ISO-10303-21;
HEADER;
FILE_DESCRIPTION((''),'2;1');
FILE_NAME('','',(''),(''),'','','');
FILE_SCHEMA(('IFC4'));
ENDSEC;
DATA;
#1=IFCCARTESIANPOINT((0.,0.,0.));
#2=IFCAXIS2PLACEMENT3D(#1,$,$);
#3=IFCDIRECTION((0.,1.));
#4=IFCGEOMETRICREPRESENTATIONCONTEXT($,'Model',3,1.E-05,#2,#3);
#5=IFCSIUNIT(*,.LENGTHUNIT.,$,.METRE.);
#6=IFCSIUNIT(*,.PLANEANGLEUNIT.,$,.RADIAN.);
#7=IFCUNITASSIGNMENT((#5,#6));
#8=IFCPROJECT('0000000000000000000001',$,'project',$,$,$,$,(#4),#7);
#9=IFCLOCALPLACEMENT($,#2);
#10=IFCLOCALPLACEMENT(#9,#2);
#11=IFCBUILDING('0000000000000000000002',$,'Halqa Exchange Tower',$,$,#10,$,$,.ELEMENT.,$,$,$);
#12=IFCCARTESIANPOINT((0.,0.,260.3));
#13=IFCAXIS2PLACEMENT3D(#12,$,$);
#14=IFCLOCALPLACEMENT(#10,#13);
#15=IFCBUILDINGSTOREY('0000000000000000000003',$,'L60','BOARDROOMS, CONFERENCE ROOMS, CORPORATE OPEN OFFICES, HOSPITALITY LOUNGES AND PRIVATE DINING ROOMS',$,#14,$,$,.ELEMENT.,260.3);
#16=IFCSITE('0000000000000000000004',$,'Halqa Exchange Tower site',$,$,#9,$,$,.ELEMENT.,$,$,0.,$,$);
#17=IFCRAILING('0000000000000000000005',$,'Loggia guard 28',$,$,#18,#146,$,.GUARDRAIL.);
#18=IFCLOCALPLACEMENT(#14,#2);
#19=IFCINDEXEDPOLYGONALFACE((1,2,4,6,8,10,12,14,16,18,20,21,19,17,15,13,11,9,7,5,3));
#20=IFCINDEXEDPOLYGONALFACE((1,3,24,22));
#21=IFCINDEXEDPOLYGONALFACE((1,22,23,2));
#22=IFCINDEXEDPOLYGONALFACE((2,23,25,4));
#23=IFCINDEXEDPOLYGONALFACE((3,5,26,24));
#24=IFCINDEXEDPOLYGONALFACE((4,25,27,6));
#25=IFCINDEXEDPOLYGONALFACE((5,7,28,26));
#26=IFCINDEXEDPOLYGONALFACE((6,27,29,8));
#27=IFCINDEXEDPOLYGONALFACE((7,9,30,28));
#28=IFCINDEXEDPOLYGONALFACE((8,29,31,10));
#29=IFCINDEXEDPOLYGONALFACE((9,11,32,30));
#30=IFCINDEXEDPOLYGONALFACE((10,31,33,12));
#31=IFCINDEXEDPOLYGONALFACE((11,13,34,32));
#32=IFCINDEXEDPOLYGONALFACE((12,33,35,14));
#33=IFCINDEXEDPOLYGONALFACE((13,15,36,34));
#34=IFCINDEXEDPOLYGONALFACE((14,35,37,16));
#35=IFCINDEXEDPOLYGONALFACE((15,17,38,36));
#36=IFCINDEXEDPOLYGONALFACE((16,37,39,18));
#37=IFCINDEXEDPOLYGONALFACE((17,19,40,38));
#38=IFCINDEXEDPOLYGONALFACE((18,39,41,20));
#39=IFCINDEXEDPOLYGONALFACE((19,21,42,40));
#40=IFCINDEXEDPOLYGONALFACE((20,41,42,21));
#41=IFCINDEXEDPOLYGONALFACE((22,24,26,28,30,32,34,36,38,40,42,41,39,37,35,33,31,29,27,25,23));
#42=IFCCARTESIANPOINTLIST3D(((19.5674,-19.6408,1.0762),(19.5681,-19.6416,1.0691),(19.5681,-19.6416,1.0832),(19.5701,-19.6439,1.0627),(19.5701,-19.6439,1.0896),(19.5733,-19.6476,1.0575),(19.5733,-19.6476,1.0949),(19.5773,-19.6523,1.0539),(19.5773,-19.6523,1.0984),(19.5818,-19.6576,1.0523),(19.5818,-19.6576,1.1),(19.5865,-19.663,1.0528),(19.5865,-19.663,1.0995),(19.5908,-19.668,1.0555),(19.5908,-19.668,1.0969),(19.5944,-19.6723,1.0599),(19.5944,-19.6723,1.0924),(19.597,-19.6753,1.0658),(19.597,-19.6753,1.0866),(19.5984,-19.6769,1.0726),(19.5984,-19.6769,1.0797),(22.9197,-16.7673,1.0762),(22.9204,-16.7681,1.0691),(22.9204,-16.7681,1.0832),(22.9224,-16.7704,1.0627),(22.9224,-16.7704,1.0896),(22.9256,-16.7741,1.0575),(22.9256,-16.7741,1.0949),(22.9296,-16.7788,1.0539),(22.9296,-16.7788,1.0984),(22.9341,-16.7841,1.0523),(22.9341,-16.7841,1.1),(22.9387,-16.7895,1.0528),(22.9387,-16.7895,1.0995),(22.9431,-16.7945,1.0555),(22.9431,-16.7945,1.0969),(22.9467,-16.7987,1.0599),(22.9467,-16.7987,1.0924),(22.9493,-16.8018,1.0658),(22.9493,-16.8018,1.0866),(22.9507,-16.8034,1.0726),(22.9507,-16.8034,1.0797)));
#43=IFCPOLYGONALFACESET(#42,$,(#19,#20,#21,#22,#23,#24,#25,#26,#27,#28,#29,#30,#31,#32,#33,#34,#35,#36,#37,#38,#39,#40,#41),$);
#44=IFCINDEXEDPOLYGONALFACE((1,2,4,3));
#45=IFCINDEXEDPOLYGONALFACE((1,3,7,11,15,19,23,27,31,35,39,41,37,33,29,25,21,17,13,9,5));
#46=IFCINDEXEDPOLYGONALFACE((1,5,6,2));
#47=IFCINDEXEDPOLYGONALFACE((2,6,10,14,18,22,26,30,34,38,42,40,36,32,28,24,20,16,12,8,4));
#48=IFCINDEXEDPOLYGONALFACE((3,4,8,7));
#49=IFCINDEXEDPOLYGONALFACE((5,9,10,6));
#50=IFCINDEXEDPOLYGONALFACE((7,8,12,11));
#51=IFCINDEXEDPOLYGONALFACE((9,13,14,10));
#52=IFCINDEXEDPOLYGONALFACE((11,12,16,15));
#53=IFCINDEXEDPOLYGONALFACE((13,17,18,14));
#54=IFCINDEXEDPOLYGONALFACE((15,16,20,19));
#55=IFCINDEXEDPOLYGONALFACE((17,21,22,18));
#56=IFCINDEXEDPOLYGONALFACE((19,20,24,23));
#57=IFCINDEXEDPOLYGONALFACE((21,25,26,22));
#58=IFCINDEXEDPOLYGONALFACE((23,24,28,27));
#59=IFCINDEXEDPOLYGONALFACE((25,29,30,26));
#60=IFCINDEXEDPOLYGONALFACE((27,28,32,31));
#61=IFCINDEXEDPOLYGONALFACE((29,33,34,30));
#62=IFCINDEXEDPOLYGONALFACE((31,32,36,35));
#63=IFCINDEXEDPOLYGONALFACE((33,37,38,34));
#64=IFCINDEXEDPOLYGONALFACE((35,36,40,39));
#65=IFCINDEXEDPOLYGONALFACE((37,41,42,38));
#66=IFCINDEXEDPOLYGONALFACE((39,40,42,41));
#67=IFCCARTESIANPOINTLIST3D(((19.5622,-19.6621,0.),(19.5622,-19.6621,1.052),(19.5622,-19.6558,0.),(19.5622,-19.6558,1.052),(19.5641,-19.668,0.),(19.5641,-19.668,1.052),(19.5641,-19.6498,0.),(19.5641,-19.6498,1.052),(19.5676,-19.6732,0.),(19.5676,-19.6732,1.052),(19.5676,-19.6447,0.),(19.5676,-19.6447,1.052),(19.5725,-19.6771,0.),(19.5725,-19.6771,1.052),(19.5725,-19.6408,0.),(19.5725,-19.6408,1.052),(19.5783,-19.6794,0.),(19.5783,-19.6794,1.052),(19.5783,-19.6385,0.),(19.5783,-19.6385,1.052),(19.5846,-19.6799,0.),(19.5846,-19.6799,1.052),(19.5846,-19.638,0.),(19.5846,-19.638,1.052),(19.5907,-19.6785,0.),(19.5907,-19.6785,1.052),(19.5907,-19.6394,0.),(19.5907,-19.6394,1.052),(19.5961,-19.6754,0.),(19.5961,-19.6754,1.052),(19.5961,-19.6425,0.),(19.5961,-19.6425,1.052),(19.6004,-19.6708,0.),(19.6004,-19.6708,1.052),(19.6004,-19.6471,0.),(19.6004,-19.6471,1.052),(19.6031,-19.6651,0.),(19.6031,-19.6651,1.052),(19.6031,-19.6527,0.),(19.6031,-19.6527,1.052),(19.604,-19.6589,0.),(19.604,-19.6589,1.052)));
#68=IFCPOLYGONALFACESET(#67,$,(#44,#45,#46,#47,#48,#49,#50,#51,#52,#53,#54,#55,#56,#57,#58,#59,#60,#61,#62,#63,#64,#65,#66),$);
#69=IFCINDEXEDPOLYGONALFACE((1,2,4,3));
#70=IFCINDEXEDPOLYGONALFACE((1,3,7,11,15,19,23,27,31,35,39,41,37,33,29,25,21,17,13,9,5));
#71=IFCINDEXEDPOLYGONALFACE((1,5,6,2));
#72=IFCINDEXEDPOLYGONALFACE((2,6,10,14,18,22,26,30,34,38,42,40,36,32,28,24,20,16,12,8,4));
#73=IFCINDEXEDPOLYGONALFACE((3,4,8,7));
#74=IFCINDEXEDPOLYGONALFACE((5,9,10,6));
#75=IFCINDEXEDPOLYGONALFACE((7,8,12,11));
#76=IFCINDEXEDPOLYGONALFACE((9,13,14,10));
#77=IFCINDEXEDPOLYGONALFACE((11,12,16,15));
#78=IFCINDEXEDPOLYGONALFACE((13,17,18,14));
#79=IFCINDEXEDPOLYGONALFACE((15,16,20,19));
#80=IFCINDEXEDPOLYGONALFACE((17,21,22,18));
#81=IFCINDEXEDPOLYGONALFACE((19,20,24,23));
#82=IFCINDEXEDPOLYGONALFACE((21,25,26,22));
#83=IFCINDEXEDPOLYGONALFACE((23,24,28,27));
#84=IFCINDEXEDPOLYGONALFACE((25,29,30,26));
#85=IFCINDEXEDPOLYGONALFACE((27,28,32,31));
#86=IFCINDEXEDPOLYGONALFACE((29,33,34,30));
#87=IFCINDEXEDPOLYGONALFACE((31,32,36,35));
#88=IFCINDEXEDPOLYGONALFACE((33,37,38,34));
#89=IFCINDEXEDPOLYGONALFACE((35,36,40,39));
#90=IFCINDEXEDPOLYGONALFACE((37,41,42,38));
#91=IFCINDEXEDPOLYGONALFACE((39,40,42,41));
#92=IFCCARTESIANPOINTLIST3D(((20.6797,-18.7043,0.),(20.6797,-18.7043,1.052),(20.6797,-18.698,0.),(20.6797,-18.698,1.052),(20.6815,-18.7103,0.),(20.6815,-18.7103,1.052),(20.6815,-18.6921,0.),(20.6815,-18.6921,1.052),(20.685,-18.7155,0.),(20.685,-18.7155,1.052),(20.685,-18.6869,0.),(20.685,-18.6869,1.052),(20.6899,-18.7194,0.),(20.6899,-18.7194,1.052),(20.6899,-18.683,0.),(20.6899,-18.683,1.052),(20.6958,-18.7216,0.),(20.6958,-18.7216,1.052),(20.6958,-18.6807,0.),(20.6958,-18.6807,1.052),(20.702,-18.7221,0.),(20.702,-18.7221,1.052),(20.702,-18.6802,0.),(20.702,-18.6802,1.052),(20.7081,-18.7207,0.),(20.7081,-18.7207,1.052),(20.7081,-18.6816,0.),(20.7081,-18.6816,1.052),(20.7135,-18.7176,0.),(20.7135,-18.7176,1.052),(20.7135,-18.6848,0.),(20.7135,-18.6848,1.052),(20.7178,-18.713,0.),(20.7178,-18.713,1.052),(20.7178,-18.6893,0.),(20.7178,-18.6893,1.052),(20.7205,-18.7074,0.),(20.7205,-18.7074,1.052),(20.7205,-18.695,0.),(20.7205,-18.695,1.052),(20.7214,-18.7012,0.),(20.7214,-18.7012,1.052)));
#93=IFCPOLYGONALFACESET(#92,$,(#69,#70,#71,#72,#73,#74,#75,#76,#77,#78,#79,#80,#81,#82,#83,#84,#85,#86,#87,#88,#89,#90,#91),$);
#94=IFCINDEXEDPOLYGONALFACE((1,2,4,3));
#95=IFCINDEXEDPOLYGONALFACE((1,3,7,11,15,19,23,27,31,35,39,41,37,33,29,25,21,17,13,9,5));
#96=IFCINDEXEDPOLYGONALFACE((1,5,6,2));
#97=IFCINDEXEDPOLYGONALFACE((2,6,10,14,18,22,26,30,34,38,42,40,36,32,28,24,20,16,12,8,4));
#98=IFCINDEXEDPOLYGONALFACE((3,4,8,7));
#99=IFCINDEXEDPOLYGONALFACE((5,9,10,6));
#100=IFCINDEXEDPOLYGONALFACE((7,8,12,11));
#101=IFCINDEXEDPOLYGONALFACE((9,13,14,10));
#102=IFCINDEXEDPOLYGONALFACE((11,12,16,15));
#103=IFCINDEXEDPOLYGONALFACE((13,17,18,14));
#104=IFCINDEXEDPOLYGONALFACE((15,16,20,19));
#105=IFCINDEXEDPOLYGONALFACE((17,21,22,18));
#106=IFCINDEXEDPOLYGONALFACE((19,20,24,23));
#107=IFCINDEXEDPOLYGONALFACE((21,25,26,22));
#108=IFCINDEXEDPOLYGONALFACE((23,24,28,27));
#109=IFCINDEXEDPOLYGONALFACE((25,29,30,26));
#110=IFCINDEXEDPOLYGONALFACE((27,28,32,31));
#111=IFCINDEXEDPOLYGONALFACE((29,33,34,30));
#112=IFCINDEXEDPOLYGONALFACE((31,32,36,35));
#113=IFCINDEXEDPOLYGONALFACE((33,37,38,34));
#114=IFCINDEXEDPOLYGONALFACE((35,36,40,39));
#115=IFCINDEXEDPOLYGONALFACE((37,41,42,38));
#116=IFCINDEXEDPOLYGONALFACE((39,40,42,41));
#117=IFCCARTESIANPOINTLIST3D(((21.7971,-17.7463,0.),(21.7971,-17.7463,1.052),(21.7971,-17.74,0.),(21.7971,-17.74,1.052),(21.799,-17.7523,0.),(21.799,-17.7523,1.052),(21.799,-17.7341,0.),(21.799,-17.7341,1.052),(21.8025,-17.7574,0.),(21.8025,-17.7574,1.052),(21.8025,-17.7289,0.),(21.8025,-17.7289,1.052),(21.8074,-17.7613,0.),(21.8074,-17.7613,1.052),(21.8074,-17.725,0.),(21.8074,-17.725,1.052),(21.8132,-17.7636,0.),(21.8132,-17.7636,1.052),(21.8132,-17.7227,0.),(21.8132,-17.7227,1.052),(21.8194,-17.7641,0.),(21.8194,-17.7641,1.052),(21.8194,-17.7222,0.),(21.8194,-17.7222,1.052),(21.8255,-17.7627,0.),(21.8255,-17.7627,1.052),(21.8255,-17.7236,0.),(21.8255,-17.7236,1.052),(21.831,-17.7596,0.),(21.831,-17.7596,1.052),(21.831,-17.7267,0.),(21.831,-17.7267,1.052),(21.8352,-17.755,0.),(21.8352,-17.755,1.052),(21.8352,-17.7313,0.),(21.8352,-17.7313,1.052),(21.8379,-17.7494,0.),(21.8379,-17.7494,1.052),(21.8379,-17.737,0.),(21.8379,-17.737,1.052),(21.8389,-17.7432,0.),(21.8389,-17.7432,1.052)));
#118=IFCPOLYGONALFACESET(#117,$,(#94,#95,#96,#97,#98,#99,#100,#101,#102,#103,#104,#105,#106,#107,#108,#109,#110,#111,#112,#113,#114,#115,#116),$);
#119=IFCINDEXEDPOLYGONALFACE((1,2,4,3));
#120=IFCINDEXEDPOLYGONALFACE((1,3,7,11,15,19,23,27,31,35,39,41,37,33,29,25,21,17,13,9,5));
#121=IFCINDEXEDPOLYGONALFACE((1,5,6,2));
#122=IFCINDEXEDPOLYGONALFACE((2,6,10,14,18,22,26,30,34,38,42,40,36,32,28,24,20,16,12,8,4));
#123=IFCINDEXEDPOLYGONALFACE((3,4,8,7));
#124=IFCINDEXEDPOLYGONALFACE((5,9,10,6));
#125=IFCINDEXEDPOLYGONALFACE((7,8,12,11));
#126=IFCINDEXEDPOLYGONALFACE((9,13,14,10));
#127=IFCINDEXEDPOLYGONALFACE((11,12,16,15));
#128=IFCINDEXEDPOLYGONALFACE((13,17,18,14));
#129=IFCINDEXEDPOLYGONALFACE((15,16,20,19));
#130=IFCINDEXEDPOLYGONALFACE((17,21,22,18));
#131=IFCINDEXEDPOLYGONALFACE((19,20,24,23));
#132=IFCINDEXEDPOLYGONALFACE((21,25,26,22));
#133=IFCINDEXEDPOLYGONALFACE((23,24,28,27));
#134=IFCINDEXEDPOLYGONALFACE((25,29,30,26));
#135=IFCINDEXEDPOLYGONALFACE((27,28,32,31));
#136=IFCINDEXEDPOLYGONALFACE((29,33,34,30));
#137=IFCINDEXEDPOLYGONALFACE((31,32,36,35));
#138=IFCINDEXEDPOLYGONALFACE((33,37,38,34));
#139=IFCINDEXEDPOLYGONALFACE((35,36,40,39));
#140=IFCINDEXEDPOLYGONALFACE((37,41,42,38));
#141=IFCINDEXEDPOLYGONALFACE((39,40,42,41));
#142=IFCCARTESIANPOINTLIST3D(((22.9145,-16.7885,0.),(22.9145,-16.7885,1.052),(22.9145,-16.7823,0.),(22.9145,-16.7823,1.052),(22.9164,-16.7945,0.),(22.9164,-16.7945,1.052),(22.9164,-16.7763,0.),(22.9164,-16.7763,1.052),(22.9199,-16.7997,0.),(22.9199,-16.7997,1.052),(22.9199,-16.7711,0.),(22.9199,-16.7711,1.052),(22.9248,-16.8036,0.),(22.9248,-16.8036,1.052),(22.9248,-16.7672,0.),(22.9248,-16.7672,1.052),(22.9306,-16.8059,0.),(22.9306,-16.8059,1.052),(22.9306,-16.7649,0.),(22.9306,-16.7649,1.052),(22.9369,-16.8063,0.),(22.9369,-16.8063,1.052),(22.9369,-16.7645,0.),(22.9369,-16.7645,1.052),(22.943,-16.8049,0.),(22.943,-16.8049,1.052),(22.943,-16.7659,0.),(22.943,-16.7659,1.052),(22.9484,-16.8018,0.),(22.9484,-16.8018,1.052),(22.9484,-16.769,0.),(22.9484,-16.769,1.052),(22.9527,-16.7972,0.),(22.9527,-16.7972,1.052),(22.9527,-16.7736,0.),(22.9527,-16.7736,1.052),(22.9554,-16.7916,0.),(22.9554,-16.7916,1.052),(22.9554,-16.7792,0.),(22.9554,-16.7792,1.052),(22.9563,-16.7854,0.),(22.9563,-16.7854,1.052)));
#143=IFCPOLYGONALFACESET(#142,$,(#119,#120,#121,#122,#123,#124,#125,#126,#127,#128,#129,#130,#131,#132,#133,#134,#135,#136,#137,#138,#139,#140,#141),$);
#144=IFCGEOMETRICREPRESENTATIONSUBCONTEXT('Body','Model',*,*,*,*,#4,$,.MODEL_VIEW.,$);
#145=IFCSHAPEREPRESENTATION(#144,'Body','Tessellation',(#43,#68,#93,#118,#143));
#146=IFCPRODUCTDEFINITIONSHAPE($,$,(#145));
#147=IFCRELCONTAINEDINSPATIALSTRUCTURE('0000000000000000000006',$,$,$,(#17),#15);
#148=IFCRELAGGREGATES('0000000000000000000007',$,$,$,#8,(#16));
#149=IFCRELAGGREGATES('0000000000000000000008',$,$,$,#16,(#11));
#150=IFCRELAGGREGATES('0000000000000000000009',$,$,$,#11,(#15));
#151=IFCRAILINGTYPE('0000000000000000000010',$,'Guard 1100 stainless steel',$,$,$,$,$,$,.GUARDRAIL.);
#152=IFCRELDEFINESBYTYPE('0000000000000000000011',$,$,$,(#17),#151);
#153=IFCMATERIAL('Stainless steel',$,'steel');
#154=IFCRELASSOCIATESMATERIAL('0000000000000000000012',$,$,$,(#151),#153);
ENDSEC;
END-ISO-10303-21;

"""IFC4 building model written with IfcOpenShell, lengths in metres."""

from ifc_helpers import new_model, si_unit, direction, frame, origin, origin_2d, place, context, subcontext, project, spatial, circle, extrude, material, type_object, element, save


model = new_model("IFC4")

# Units and contexts
model_context = context("Model", 3, precision=1e-05, world=origin(), true_north=direction((0.0, 1.0)))
body_context = subcontext(model_context, "Body", "Model", "MODEL_VIEW")
ifc_project = project(units=[si_unit("LENGTHUNIT", "METRE"), si_unit("PLANEANGLEUNIT", "RADIAN")], contexts=[model_context])

# Site, building, storey
site_placement = place(None, origin())
site = spatial("IfcSite", under=ifc_project, at=site_placement, Name="Halqa Exchange Tower site", CompositionType="ELEMENT", RefElevation=0.0)
building_placement = place(site_placement, origin())
building = spatial("IfcBuilding", under=site, at=building_placement, Name="Halqa Exchange Tower", CompositionType="ELEMENT")
storey_placement = place(building_placement, frame((0.0, 0.0, 260.3)))
storey = spatial("IfcBuildingStorey", under=building, at=storey_placement, Name="L60", Description="BOARDROOMS, CONFERENCE ROOMS, CORPORATE OPEN OFFICES, HOSPITALITY LOUNGES AND PRIVATE DINING ROOMS", CompositionType="ELEMENT", Elevation=260.3)

# Railing
ifc_material_1 = material(Name="Stainless steel", Category="steel")
railing_type = type_object("IfcRailingType", Name="Guard 1100 stainless steel", PredefinedType="GUARDRAIL", material=ifc_material_1)
railing_1_placement = place(storey_placement, frame((19.583, -19.6589, 0.0)))
element("IfcRailing", 1, at=railing_1_placement, inside=storey, type_object=railing_type, Name="Loggia guard 28", PredefinedType="GUARDRAIL", context=body_context, shape_type="SweptSolid", body=[
    extrude(circle(Radius=0.0239, at=origin_2d()), frame((0.0, 0.0, 1.0762), z_axis=(0.759241, 0.65081, 0.0), x_axis=(-0.65081, 0.759241, 0.0)), (0.0, 0.0, 1.0), 4.4153),
    extrude(circle(Radius=0.021, at=origin_2d()), origin(), (0.0, 0.0, 1.0), 1.052),
    extrude(circle(Radius=0.021, at=origin_2d()), frame((1.1174, 0.9578, 0.0)), (0.0, 0.0, 1.0), 1.052),
    extrude(circle(Radius=0.021, at=origin_2d()), frame((2.2349, 1.9158, 0.0)), (0.0, 0.0, 1.0), 1.052),
    extrude(circle(Radius=0.021, at=origin_2d()), frame((3.3523, 2.8735, 0.0)), (0.0, 0.0, 1.0), 1.052),
])

save(model, "model.ifc")
